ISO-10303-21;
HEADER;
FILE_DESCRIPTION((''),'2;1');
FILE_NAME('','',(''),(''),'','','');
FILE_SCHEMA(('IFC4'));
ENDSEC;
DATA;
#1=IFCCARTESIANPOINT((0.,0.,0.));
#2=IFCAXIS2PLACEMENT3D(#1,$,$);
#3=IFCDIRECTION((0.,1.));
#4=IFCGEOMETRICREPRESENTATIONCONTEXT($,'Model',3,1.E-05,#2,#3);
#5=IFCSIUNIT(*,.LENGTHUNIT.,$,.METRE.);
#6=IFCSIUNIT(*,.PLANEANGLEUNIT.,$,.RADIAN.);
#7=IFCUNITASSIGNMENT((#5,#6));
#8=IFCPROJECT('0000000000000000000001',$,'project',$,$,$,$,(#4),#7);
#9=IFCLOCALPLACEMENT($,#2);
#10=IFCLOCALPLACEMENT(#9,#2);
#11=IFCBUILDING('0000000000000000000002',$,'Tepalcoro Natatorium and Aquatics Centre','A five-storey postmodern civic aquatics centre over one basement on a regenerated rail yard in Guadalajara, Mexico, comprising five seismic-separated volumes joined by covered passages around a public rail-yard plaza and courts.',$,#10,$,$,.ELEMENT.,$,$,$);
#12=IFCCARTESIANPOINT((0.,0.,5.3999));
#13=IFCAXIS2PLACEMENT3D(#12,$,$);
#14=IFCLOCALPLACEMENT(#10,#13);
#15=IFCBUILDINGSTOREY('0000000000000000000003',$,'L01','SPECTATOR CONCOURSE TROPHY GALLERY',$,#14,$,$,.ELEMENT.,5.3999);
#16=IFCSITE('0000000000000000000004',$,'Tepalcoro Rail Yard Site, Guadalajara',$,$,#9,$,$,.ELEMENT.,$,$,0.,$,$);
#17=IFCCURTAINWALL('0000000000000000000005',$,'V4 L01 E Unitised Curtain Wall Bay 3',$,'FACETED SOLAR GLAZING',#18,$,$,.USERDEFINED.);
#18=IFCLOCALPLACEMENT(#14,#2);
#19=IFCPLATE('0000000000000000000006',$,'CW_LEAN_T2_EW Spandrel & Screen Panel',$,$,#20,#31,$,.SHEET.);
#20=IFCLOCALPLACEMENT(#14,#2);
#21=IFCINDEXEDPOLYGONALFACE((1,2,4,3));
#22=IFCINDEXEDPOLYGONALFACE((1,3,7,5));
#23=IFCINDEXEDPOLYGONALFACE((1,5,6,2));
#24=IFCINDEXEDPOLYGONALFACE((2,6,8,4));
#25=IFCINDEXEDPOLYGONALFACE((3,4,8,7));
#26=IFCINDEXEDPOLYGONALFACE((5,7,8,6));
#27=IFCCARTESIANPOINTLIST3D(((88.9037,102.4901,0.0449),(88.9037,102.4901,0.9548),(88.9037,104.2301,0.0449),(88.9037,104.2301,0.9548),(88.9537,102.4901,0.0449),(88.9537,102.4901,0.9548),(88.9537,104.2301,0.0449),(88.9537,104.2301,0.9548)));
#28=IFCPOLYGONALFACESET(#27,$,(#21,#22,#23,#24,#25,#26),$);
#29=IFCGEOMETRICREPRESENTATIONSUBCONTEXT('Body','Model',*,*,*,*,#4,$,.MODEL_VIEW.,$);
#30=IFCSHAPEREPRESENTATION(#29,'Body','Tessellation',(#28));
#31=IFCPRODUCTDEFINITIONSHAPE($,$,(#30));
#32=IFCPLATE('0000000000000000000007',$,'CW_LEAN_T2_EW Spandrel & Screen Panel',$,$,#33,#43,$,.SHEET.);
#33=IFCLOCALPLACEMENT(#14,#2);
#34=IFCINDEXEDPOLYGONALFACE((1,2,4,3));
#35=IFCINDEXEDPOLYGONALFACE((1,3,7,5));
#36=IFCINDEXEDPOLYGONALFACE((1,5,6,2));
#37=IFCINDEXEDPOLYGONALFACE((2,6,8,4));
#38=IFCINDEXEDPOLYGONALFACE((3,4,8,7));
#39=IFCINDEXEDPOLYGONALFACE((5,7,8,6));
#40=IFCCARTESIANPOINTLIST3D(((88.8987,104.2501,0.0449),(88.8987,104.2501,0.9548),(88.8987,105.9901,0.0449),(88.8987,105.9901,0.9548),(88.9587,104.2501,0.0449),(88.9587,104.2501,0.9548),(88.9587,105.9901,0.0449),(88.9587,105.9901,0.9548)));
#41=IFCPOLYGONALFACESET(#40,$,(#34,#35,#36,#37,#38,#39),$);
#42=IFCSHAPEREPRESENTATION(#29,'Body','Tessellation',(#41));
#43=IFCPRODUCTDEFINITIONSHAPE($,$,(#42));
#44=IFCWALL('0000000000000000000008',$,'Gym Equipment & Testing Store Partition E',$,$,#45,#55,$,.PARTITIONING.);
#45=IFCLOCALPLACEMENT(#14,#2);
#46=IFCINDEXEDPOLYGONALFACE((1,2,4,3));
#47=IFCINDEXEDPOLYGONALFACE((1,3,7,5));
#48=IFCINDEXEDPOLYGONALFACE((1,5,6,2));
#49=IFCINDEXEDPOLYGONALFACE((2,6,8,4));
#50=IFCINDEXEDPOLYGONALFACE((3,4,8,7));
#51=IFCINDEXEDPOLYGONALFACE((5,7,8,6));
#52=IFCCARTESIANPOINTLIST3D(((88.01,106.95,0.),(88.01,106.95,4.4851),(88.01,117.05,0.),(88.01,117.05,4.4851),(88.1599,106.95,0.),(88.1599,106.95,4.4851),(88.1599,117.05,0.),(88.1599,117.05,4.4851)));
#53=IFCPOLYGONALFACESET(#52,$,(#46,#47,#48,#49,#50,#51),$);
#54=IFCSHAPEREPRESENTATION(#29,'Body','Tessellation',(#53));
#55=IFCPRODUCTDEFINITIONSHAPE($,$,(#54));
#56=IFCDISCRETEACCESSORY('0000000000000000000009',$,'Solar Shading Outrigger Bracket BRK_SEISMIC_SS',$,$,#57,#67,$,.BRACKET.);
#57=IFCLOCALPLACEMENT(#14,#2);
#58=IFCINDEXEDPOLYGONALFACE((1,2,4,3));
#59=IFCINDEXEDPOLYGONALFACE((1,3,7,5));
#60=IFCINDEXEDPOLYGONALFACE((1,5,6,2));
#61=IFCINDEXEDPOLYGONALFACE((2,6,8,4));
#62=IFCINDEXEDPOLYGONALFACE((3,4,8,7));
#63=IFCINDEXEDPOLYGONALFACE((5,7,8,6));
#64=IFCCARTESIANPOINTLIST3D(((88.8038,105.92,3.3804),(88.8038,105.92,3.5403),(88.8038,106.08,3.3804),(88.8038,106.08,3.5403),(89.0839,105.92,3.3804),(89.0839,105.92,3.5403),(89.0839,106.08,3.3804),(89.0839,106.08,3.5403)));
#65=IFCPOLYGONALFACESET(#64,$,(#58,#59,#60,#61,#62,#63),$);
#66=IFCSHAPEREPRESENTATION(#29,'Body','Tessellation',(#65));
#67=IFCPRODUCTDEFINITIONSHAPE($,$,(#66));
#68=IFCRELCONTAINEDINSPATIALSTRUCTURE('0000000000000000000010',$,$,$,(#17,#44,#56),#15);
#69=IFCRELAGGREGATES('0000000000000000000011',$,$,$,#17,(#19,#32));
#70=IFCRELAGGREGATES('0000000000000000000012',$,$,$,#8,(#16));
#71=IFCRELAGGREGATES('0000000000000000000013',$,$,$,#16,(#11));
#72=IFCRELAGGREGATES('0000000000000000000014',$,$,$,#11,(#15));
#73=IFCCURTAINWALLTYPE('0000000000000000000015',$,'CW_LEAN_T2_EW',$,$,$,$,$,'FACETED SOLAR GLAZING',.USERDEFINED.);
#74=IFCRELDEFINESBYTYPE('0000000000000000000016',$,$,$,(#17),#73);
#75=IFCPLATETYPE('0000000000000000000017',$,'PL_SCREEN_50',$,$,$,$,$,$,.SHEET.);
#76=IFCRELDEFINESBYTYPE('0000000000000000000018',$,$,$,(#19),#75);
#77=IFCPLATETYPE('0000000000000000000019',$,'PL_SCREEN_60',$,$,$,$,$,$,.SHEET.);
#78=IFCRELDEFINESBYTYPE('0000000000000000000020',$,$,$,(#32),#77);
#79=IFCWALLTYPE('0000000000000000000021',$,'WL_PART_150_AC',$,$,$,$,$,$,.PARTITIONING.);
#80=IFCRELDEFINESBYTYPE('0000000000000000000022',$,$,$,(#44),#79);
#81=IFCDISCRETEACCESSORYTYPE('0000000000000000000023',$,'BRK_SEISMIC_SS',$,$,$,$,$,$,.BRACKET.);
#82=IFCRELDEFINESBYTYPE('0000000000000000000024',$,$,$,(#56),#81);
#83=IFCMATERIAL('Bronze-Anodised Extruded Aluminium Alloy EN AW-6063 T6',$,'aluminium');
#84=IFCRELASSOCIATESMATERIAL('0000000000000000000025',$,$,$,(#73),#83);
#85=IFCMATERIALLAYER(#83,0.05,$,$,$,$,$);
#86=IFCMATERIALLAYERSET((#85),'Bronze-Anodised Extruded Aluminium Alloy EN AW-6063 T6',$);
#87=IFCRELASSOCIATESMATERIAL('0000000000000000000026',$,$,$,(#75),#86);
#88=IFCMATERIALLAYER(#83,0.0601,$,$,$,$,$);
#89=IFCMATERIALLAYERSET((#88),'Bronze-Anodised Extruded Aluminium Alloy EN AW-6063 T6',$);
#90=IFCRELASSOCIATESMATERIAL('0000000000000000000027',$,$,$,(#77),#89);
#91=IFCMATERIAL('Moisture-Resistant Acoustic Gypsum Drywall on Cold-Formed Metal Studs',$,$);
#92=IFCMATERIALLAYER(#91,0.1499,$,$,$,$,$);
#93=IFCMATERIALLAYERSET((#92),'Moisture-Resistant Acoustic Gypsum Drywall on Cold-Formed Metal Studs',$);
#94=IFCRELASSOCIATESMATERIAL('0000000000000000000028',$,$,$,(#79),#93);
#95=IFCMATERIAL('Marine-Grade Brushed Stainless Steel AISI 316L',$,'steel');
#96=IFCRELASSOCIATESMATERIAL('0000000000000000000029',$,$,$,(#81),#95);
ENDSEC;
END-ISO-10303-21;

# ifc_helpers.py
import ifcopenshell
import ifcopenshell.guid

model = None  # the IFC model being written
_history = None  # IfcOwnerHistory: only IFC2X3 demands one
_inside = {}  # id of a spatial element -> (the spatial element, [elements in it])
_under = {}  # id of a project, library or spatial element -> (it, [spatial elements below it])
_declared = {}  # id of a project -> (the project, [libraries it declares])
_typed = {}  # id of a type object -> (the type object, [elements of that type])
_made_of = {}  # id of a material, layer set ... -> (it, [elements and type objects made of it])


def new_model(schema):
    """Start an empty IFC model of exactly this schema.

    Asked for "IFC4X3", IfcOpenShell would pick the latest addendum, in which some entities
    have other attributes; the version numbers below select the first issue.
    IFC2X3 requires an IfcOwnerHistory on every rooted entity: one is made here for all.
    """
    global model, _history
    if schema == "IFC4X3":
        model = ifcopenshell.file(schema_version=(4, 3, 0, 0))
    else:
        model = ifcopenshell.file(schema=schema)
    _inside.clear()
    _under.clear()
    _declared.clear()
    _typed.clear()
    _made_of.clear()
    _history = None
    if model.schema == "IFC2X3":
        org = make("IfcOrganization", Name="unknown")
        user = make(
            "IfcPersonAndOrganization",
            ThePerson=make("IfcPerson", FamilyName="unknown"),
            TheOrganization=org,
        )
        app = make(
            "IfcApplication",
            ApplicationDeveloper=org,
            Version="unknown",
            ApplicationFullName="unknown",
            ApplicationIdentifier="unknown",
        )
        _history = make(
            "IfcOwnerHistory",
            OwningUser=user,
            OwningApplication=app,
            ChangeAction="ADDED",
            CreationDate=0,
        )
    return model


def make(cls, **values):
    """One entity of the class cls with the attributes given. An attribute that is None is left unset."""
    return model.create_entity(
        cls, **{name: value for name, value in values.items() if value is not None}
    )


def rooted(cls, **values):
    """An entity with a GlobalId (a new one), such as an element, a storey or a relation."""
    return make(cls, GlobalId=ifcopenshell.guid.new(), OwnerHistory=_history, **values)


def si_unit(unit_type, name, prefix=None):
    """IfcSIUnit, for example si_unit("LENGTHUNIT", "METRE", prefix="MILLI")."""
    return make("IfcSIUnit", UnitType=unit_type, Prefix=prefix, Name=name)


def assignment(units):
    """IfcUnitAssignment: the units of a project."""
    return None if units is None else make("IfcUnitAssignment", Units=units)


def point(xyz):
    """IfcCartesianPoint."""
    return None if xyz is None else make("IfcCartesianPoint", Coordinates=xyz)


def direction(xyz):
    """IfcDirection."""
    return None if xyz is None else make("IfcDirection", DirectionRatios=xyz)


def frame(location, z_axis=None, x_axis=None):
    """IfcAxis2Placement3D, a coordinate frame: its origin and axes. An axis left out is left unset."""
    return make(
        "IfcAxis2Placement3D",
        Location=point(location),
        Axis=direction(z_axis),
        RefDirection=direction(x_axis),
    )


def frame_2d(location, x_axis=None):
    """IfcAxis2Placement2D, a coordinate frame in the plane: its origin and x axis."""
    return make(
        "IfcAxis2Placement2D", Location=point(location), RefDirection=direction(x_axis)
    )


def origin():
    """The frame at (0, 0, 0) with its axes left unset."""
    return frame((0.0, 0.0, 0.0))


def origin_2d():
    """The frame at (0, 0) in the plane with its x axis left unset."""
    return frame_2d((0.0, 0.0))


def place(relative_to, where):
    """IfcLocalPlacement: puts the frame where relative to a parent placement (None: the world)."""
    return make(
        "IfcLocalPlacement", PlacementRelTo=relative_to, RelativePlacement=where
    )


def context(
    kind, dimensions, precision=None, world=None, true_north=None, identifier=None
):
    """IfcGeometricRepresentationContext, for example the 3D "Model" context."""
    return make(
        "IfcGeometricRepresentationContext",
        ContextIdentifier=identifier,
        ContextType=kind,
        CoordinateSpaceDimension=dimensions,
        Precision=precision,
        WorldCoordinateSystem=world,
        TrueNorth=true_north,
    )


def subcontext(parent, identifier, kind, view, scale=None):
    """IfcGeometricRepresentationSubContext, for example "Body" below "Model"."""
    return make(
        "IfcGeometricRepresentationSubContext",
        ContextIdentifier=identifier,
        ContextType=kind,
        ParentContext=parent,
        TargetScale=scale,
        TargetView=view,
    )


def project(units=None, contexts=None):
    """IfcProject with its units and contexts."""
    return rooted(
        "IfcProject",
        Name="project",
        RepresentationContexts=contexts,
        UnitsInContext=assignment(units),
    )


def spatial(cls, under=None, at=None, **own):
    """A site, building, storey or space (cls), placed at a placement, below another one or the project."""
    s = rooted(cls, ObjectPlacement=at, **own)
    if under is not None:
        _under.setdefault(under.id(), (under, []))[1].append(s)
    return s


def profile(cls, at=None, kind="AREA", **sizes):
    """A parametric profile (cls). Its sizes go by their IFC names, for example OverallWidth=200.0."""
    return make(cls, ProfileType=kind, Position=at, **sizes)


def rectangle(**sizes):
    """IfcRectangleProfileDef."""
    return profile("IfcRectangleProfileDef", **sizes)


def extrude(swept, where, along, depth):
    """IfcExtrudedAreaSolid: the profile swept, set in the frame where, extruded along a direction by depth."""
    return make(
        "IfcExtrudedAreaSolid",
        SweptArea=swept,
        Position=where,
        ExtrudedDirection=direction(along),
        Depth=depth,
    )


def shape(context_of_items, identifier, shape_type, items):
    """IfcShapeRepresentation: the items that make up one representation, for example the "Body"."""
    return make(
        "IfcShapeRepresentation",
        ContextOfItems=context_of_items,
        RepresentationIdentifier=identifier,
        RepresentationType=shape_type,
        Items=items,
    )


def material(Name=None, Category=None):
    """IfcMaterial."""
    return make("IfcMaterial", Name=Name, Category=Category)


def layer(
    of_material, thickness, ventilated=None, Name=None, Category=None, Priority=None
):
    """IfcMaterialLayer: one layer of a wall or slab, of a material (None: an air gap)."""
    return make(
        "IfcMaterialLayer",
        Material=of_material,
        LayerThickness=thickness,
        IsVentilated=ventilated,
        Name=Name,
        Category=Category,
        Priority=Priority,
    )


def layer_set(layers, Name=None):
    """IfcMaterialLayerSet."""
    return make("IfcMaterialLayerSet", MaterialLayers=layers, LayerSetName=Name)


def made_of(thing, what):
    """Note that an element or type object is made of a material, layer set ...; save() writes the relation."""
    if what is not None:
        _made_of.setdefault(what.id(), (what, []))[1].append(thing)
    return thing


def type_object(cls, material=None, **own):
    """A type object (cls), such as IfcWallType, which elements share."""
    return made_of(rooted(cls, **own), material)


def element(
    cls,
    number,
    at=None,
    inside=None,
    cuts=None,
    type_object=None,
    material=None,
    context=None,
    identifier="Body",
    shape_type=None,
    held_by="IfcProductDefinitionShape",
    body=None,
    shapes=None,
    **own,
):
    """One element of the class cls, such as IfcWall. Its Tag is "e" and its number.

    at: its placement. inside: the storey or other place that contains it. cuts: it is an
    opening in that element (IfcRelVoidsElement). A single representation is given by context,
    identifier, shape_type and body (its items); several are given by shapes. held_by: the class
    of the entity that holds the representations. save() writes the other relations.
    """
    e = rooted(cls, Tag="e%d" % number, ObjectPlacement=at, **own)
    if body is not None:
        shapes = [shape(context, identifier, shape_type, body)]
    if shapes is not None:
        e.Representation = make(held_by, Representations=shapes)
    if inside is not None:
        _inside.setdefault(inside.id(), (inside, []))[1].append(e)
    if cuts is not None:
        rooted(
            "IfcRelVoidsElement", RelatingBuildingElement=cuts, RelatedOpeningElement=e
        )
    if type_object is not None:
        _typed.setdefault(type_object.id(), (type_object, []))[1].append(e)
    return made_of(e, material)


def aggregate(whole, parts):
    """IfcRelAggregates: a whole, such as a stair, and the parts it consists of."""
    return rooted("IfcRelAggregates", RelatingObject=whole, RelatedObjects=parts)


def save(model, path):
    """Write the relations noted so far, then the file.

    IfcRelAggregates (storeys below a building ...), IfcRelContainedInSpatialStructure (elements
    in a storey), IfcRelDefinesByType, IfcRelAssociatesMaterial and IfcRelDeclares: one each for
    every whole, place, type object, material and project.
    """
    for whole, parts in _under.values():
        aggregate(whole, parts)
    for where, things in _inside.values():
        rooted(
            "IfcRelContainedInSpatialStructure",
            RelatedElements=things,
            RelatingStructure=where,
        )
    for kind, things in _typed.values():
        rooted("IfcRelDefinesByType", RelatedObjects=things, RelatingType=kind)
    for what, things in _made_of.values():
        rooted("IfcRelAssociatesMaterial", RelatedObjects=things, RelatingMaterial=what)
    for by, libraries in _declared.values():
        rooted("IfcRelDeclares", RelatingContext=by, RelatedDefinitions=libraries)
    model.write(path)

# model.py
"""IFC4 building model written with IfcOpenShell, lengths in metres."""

from ifc_helpers import new_model, si_unit, direction, frame, frame_2d, origin, origin_2d, place, context, subcontext, project, spatial, rectangle, extrude, material, layer, layer_set, type_object, element, aggregate, save


model = new_model("IFC4")

# Units and contexts
model_context = context("Model", 3, precision=1e-05, world=origin(), true_north=direction((0.0, 1.0)))
body_context = subcontext(model_context, "Body", "Model", "MODEL_VIEW")
ifc_project = project(units=[si_unit("LENGTHUNIT", "METRE"), si_unit("PLANEANGLEUNIT", "RADIAN")], contexts=[model_context])

# Site, building, storey
site_placement = place(None, origin())
site = spatial("IfcSite", under=ifc_project, at=site_placement, Name="Tepalcoro Rail Yard Site, Guadalajara", CompositionType="ELEMENT", RefElevation=0.0)
building_placement = place(site_placement, origin())
building = spatial("IfcBuilding", under=site, at=building_placement, Name="Tepalcoro Natatorium and Aquatics Centre", Description="A five-storey postmodern civic aquatics centre over one basement on a regenerated rail yard in Guadalajara, Mexico, comprising five seismic-separated volumes joined by covered passages around a public rail-yard plaza and courts.", CompositionType="ELEMENT")
storey_placement = place(building_placement, frame((0.0, 0.0, 5.3999)))
storey = spatial("IfcBuildingStorey", under=building, at=storey_placement, Name="L01", Description="SPECTATOR CONCOURSE TROPHY GALLERY", CompositionType="ELEMENT", Elevation=5.3999)

# Curtain wall, plates
ifc_material_1 = material(Name="Bronze-Anodised Extruded Aluminium Alloy EN AW-6063 T6", Category="aluminium")
curtain_wall_type = type_object("IfcCurtainWallType", Name="CW_LEAN_T2_EW", ElementType="FACETED SOLAR GLAZING", PredefinedType="USERDEFINED", material=ifc_material_1)
curtain_wall_placement = place(storey_placement, origin())
curtain_wall = element("IfcCurtainWall", 1, at=curtain_wall_placement, inside=storey, type_object=curtain_wall_type, Name="V4 L01 E Unitised Curtain Wall Bay 3", ObjectType="FACETED SOLAR GLAZING", PredefinedType="USERDEFINED")
ifc_layer_1 = layer(ifc_material_1, 0.05)
ifc_layer_set_1 = layer_set([ifc_layer_1], Name="Bronze-Anodised Extruded Aluminium Alloy EN AW-6063 T6")
plate_type_1 = type_object("IfcPlateType", Name="PL_SCREEN_50", PredefinedType="SHEET", material=ifc_layer_set_1)
plate_1_placement = place(storey_placement, frame((88.9287, 103.3601, 0.0449), z_axis=(0.0, 0.0, 1.0), x_axis=(1.0, 0.0, 0.0)))
plate_1 = element("IfcPlate", 2, at=plate_1_placement, type_object=plate_type_1, Name="CW_LEAN_T2_EW Spandrel & Screen Panel", PredefinedType="SHEET", context=body_context, shape_type="SweptSolid", body=[
    extrude(rectangle(XDim=0.05, YDim=1.74, at=origin_2d()), origin(), (0.0, 0.0, 1.0), 0.9099),
])
ifc_layer_2 = layer(ifc_material_1, 0.0601)
ifc_layer_set_2 = layer_set([ifc_layer_2], Name="Bronze-Anodised Extruded Aluminium Alloy EN AW-6063 T6")
plate_type_2 = type_object("IfcPlateType", Name="PL_SCREEN_60", PredefinedType="SHEET", material=ifc_layer_set_2)
plate_2_placement = place(storey_placement, frame((88.9287, 105.1201, 0.0449), z_axis=(0.0, 0.0, 1.0), x_axis=(1.0, 0.0, 0.0)))
plate_2 = element("IfcPlate", 3, at=plate_2_placement, type_object=plate_type_2, Name="CW_LEAN_T2_EW Spandrel & Screen Panel", PredefinedType="SHEET", context=body_context, shape_type="SweptSolid", body=[
    extrude(rectangle(XDim=0.0601, YDim=1.74, at=origin_2d()), origin(), (0.0, 0.0, 1.0), 0.9099),
])
aggregate(curtain_wall, [plate_1, plate_2])

# Wall
ifc_material_2 = material(Name="Moisture-Resistant Acoustic Gypsum Drywall on Cold-Formed Metal Studs")
ifc_layer_3 = layer(ifc_material_2, 0.1499)
ifc_layer_set_3 = layer_set([ifc_layer_3], Name="Moisture-Resistant Acoustic Gypsum Drywall on Cold-Formed Metal Studs")
wall_type = type_object("IfcWallType", Name="WL_PART_150_AC", PredefinedType="PARTITIONING", material=ifc_layer_set_3)
wall_placement = place(storey_placement, frame((88.085, 106.95, 0.0), z_axis=(0.0, 0.0, 1.0), x_axis=(0.0, 1.0, 0.0)))
element("IfcWall", 4, at=wall_placement, inside=storey, type_object=wall_type, Name="Gym Equipment & Testing Store Partition E", PredefinedType="PARTITIONING", context=body_context, shape_type="SweptSolid", body=[
    extrude(rectangle(XDim=10.1001, YDim=0.1499, at=frame_2d((5.05, 0.0))), origin(), (0.0, 0.0, 1.0), 4.4851),
])

# Discrete accessory
ifc_material_3 = material(Name="Marine-Grade Brushed Stainless Steel AISI 316L", Category="steel")
discrete_accessory_type = type_object("IfcDiscreteAccessoryType", Name="BRK_SEISMIC_SS", PredefinedType="BRACKET", material=ifc_material_3)
discrete_accessory_placement = place(storey_placement, frame((88.9438, 106.0, 3.3804), z_axis=(0.0, 0.0, 1.0), x_axis=(1.0, 0.0, 0.0)))
element("IfcDiscreteAccessory", 5, at=discrete_accessory_placement, inside=storey, type_object=discrete_accessory_type, Name="Solar Shading Outrigger Bracket BRK_SEISMIC_SS", PredefinedType="BRACKET", context=body_context, shape_type="SweptSolid", body=[
    extrude(rectangle(XDim=0.28, YDim=0.1599, at=origin_2d()), origin(), (0.0, 0.0, 1.0), 0.1599),
])

save(model, "model.ifc")
